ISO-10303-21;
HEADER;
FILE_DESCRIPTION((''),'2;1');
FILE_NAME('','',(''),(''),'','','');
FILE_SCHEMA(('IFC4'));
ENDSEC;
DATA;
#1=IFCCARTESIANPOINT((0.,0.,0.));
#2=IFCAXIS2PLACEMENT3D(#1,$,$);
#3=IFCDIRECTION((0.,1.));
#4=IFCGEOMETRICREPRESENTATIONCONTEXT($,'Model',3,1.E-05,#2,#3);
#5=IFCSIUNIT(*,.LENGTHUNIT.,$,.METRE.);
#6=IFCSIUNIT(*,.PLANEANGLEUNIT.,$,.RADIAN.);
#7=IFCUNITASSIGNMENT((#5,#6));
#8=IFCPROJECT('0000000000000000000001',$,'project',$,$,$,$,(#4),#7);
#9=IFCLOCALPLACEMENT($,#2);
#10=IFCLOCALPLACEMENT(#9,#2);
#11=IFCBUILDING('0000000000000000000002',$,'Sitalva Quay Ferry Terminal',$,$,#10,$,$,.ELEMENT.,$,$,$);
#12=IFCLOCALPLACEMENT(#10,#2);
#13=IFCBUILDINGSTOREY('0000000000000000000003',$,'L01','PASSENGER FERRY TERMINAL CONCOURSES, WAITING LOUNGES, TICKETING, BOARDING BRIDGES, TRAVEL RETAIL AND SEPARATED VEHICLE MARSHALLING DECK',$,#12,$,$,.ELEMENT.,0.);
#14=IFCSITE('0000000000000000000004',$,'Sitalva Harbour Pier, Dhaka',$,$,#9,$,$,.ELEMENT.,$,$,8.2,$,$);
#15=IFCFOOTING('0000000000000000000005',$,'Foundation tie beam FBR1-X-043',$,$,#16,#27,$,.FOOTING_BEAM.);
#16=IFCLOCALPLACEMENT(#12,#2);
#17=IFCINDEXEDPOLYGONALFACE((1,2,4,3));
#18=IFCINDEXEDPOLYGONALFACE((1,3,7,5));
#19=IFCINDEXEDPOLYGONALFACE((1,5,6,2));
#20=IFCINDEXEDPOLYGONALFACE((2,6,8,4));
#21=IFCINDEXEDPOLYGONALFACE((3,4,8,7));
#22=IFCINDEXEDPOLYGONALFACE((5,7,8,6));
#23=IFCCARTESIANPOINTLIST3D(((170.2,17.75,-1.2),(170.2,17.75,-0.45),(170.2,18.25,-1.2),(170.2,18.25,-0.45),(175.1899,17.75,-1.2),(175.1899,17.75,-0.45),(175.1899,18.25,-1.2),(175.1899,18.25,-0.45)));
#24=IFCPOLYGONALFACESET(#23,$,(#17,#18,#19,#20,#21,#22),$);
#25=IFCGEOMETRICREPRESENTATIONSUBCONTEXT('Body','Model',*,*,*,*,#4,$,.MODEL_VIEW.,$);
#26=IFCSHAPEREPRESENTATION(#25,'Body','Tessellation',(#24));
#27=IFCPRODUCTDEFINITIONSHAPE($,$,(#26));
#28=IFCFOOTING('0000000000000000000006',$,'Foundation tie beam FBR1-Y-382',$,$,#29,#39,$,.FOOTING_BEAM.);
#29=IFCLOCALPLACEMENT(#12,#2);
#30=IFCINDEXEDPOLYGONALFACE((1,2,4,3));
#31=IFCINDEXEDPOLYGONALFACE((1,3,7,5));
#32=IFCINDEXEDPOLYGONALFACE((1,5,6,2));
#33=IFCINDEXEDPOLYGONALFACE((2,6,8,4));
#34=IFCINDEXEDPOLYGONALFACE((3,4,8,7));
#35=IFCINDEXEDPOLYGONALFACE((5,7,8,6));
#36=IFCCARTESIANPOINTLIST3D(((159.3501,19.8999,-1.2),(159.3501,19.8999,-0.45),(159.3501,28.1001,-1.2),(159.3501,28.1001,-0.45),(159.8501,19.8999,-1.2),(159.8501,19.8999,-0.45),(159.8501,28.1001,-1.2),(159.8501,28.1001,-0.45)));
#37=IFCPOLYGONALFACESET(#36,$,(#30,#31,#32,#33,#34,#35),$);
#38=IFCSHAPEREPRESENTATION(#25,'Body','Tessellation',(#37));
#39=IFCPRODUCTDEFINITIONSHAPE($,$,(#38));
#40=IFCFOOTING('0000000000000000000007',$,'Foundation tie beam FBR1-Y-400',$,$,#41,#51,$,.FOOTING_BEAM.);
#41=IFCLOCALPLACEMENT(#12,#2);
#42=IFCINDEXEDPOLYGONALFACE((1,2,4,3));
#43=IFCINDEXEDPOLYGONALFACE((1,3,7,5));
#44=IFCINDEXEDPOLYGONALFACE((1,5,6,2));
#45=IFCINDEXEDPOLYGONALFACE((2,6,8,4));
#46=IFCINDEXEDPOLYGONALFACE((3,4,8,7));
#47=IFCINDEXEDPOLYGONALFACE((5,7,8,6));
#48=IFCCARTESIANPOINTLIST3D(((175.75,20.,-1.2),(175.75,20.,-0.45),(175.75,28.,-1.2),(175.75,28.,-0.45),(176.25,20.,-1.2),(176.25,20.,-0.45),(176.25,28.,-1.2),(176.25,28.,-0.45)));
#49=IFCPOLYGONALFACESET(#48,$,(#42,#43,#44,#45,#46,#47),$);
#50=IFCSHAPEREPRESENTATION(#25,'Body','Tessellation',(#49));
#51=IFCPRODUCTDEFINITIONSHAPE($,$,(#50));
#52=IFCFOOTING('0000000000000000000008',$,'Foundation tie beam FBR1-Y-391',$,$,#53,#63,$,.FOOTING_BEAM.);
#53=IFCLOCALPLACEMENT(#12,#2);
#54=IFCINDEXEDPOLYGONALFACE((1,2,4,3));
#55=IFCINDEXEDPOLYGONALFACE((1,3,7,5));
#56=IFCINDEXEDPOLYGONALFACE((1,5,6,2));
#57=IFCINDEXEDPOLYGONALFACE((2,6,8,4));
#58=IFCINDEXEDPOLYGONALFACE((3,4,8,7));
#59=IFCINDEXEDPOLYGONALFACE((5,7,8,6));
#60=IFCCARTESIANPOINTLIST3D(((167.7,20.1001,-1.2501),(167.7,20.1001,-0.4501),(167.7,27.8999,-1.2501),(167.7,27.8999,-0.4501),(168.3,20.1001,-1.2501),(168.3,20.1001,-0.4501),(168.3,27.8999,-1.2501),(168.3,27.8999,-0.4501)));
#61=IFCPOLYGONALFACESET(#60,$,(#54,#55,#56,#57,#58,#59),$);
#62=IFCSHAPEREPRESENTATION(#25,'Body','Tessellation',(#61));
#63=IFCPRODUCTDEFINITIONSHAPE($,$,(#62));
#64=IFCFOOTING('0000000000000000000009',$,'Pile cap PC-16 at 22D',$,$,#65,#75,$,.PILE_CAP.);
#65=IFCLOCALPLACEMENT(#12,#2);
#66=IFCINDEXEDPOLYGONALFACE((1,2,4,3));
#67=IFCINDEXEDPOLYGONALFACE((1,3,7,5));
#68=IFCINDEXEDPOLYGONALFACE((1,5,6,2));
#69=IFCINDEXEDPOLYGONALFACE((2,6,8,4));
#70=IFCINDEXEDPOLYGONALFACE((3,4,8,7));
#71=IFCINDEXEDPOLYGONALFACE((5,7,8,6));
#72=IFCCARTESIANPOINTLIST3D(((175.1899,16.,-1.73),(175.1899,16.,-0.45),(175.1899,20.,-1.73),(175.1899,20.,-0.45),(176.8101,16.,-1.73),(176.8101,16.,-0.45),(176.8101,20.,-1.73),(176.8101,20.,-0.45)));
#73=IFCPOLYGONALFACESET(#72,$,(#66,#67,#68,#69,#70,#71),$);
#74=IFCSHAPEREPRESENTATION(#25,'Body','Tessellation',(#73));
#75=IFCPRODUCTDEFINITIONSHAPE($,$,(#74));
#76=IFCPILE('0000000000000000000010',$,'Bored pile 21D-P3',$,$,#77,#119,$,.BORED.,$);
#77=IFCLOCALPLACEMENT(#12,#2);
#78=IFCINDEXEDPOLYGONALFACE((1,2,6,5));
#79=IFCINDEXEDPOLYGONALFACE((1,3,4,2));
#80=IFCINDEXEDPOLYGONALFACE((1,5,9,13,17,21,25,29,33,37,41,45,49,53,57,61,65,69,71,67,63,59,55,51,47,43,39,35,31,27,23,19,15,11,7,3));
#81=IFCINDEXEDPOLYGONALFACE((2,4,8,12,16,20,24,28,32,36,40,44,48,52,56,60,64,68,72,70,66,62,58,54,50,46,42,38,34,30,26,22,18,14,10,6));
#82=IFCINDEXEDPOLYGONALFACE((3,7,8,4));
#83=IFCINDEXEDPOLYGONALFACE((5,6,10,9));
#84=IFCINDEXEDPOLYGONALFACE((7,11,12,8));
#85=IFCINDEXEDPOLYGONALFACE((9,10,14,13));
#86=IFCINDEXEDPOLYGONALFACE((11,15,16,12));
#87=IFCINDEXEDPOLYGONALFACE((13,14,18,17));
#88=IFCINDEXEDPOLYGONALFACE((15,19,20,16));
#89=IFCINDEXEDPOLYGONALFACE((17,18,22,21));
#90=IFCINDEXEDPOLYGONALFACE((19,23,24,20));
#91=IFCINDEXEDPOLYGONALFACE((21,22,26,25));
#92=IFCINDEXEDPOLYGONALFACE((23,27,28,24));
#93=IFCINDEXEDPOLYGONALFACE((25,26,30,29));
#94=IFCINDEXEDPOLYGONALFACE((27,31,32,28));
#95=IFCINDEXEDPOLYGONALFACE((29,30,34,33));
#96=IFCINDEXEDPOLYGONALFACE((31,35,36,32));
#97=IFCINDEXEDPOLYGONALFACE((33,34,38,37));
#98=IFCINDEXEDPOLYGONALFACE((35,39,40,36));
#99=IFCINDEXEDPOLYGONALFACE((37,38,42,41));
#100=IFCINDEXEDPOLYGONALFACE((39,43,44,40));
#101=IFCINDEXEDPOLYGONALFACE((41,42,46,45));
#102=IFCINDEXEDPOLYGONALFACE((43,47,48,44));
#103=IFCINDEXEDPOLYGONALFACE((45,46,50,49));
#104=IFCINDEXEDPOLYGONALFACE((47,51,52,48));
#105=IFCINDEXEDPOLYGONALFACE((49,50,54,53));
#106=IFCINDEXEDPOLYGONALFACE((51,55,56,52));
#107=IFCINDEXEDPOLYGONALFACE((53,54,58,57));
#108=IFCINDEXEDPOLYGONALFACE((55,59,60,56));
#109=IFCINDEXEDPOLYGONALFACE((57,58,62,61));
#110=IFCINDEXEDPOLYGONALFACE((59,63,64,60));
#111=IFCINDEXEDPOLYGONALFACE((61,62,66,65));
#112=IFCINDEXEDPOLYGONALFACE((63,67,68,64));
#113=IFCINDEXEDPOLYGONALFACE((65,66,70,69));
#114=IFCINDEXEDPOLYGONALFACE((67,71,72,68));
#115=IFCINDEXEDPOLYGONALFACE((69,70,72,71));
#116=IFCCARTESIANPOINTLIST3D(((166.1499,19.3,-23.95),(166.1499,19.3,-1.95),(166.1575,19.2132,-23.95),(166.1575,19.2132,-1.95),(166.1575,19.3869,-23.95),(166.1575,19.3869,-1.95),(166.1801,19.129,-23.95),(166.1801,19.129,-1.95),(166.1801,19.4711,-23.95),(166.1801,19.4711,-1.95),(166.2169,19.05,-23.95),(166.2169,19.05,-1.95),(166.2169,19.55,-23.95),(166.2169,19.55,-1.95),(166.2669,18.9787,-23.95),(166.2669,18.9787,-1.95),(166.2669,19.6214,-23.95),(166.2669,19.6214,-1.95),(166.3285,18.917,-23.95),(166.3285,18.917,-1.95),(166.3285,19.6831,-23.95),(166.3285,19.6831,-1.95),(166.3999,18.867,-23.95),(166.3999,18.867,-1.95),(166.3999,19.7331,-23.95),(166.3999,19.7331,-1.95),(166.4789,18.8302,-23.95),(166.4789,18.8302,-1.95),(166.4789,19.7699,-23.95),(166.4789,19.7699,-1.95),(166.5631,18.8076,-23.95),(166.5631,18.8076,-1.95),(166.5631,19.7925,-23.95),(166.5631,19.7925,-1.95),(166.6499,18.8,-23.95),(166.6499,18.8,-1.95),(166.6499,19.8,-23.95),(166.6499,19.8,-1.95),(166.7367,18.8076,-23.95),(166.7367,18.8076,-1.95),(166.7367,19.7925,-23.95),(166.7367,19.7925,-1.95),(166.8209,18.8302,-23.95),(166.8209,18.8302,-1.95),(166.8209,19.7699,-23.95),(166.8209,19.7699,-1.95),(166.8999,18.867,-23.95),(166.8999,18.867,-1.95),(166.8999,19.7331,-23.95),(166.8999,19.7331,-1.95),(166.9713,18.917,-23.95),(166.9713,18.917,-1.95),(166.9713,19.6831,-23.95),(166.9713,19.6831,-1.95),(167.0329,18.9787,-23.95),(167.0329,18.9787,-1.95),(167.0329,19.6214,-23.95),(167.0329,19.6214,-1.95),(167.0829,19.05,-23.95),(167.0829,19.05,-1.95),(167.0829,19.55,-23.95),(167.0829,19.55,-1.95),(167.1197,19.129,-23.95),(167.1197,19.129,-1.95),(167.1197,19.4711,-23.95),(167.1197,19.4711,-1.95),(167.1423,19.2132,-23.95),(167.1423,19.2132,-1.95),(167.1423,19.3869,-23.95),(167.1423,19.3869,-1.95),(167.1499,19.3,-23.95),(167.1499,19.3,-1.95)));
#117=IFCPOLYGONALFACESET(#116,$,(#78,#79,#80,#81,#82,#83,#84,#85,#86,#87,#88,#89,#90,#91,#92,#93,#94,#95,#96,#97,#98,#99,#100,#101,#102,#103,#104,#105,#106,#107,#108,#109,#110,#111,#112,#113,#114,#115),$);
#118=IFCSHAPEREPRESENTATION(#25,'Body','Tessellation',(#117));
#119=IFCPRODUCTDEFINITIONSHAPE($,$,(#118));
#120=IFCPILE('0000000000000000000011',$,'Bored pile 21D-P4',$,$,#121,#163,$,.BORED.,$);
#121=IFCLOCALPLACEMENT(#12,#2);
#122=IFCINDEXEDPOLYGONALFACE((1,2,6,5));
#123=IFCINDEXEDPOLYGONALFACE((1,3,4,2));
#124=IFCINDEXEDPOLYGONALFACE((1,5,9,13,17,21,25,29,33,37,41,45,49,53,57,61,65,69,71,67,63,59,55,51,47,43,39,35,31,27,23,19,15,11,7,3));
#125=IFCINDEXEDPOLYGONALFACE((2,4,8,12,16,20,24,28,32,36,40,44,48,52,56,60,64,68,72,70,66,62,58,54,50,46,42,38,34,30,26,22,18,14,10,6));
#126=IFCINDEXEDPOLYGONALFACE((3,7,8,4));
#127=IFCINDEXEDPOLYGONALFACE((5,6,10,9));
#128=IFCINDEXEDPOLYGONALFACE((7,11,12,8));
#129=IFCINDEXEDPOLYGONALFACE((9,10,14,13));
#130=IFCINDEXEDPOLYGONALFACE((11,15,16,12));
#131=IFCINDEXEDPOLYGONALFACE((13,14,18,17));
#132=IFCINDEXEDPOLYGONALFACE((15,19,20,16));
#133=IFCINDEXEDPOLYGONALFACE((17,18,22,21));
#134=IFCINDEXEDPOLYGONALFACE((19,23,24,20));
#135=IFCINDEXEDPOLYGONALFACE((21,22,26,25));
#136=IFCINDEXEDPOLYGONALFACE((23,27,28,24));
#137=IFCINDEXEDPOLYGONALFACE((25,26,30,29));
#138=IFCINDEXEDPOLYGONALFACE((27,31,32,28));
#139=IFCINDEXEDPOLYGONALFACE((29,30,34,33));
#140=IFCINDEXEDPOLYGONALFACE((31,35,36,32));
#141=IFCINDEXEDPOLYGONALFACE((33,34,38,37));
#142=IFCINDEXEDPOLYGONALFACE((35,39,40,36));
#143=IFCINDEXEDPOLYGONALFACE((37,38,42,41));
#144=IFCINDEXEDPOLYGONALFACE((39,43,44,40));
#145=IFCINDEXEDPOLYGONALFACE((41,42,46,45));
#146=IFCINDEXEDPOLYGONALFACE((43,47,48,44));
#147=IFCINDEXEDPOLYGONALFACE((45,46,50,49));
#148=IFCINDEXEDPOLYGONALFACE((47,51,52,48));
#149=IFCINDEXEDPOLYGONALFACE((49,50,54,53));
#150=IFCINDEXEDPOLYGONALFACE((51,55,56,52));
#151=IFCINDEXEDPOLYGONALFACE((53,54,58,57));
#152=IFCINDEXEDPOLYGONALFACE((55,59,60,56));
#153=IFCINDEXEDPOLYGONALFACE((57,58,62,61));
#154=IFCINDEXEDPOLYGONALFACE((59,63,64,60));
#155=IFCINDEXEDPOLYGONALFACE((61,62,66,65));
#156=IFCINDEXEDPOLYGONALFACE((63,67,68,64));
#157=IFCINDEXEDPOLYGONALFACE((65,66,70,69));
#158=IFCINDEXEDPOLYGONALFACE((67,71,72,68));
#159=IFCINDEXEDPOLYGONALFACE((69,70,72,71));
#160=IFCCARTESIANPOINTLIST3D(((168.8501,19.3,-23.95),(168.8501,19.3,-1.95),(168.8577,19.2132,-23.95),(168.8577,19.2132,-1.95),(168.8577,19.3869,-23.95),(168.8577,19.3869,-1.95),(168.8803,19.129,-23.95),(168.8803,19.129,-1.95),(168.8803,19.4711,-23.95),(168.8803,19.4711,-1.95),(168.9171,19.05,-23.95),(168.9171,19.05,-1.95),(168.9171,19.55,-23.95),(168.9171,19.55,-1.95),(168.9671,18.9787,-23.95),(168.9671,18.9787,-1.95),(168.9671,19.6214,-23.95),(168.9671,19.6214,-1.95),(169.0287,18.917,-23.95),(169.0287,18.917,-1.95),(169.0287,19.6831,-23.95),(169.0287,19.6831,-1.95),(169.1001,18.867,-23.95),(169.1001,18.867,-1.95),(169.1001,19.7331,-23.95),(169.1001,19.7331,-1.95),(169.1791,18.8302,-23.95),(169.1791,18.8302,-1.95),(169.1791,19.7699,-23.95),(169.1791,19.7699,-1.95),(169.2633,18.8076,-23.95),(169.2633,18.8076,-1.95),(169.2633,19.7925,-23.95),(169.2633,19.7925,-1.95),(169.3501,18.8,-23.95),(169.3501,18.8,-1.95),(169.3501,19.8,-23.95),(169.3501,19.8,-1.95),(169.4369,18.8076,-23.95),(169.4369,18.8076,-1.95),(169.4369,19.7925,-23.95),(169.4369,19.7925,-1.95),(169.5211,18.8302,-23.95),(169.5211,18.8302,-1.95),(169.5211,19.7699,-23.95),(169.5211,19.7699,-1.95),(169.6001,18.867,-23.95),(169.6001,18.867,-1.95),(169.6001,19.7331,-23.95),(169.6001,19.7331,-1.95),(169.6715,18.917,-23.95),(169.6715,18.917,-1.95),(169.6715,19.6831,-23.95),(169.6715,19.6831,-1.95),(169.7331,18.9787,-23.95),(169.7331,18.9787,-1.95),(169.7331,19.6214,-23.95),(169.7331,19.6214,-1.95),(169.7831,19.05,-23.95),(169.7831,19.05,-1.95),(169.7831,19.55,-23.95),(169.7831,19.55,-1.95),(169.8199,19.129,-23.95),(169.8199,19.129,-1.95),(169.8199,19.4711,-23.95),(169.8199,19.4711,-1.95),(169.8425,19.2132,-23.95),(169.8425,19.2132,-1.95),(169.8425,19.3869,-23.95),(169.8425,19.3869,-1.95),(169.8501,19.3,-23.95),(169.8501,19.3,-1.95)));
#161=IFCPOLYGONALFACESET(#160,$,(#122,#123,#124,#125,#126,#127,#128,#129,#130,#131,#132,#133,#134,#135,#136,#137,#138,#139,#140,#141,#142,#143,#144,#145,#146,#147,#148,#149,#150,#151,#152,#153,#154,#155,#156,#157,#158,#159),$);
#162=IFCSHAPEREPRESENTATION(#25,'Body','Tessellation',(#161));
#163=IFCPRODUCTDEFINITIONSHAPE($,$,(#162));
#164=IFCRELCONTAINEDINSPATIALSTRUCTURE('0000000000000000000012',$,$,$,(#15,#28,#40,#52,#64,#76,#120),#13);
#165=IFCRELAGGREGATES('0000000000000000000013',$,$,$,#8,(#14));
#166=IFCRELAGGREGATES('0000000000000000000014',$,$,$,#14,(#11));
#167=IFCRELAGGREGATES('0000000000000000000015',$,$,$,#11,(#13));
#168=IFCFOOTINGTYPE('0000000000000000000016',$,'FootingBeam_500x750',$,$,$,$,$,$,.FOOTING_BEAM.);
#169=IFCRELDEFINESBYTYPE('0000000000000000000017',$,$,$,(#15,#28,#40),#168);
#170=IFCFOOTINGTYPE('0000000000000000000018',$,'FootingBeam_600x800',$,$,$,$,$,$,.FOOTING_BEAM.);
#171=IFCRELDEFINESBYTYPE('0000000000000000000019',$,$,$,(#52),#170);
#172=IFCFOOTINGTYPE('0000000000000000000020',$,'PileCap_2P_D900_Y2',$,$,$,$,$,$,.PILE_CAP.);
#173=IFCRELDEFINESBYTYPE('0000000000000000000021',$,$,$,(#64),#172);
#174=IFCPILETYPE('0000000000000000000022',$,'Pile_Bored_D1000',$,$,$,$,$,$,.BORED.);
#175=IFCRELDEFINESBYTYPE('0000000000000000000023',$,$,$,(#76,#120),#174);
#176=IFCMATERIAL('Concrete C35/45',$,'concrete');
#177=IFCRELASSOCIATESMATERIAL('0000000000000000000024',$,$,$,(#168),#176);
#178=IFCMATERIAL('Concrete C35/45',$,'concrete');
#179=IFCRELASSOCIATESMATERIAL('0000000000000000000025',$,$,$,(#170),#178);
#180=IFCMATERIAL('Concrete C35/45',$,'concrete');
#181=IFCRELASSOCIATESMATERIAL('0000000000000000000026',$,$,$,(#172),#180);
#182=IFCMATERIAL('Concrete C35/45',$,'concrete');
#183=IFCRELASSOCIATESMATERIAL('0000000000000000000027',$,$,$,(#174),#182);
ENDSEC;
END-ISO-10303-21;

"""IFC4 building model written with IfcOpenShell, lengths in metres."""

from ifc_helpers import new_model, si_unit, direction, frame, origin, origin_2d, place, context, subcontext, project, spatial, rectangle, circle, extrude, material, material_profile, profile_set, type_object, element, save


model = new_model("IFC4")

# Units and contexts
model_context = context("Model", 3, precision=1e-05, world=origin(), true_north=direction((0.0, 1.0)))
body_context = subcontext(model_context, "Body", "Model", "MODEL_VIEW")
ifc_project = project(units=[si_unit("LENGTHUNIT", "METRE"), si_unit("PLANEANGLEUNIT", "RADIAN")], contexts=[model_context])

# Site, building, storey
site_placement = place(None, origin())
site = spatial("IfcSite", under=ifc_project, at=site_placement, Name="Sitalva Harbour Pier, Dhaka", CompositionType="ELEMENT", RefElevation=8.2)
building_placement = place(site_placement, origin())
building = spatial("IfcBuilding", under=site, at=building_placement, Name="Sitalva Quay Ferry Terminal", CompositionType="ELEMENT")
storey_placement = place(building_placement, origin())
storey = spatial("IfcBuildingStorey", under=building, at=storey_placement, Name="L01", Description="PASSENGER FERRY TERMINAL CONCOURSES, WAITING LOUNGES, TICKETING, BOARDING BRIDGES, TRAVEL RETAIL AND SEPARATED VEHICLE MARSHALLING DECK", CompositionType="ELEMENT", Elevation=0.0)

# Footings
ifc_material_1 = material(Name="Concrete C35/45", Category="concrete")
ifc_material_profile_1 = material_profile(ifc_material_1, rectangle(XDim=0.5, YDim=0.75, at=origin_2d()), Name="RC500x750")
ifc_profile_set_1 = profile_set([ifc_material_profile_1], Name="Concrete C35/45")
footing_type_1 = type_object("IfcFootingType", Name="FootingBeam_500x750", PredefinedType="FOOTING_BEAM", material=ifc_profile_set_1)
footing_1_placement = place(storey_placement, frame((170.2, 18.0, -0.825), z_axis=(1.0, 0.0, 0.0), x_axis=(0.0, 1.0, 0.0)))
element("IfcFooting", 1, at=footing_1_placement, inside=storey, type_object=footing_type_1, Name="Foundation tie beam FBR1-X-043", PredefinedType="FOOTING_BEAM", context=body_context, shape_type="SweptSolid", body=[
    extrude(rectangle(XDim=0.5, YDim=0.75, at=origin_2d()), origin(), (0.0, 0.0, 1.0), 4.99),
])
footing_2_placement = place(storey_placement, frame((159.6001, 19.8999, -0.825), z_axis=(0.0, 1.0, 0.0), x_axis=(-1.0, 0.0, 0.0)))
element("IfcFooting", 2, at=footing_2_placement, inside=storey, type_object=footing_type_1, Name="Foundation tie beam FBR1-Y-382", PredefinedType="FOOTING_BEAM", context=body_context, shape_type="SweptSolid", body=[
    extrude(rectangle(XDim=0.5, YDim=0.75, at=origin_2d()), origin(), (0.0, 0.0, 1.0), 8.2002),
])
footing_3_placement = place(storey_placement, frame((176.0, 20.0, -0.825), z_axis=(0.0, 1.0, 0.0), x_axis=(-1.0, 0.0, 0.0)))
element("IfcFooting", 3, at=footing_3_placement, inside=storey, type_object=footing_type_1, Name="Foundation tie beam FBR1-Y-400", PredefinedType="FOOTING_BEAM", context=body_context, shape_type="SweptSolid", body=[
    extrude(rectangle(XDim=0.5, YDim=0.75, at=origin_2d()), origin(), (0.0, 0.0, 1.0), 8.0),
])
ifc_material_2 = material(Name="Concrete C35/45", Category="concrete")
ifc_material_profile_2 = material_profile(ifc_material_2, rectangle(XDim=0.6001, YDim=0.8, at=origin_2d()), Name="RC600x800")
ifc_profile_set_2 = profile_set([ifc_material_profile_2], Name="Concrete C35/45")
footing_type_2 = type_object("IfcFootingType", Name="FootingBeam_600x800", PredefinedType="FOOTING_BEAM", material=ifc_profile_set_2)
footing_4_placement = place(storey_placement, frame((168.0, 20.1001, -0.8501), z_axis=(0.0, 1.0, 0.0), x_axis=(-1.0, 0.0, 0.0)))
element("IfcFooting", 4, at=footing_4_placement, inside=storey, type_object=footing_type_2, Name="Foundation tie beam FBR1-Y-391", PredefinedType="FOOTING_BEAM", context=body_context, shape_type="SweptSolid", body=[
    extrude(rectangle(XDim=0.6001, YDim=0.8, at=origin_2d()), origin(), (0.0, 0.0, 1.0), 7.7998),
])
ifc_material_3 = material(Name="Concrete C35/45", Category="concrete")
footing_type_3 = type_object("IfcFootingType", Name="PileCap_2P_D900_Y2", PredefinedType="PILE_CAP", material=ifc_material_3)
footing_5_placement = place(storey_placement, frame((176.0, 18.0, -1.73), z_axis=(0.0, 0.0, 1.0), x_axis=(1.0, 0.0, 0.0)))
element("IfcFooting", 5, at=footing_5_placement, inside=storey, type_object=footing_type_3, Name="Pile cap PC-16 at 22D", PredefinedType="PILE_CAP", context=body_context, shape_type="SweptSolid", body=[
    extrude(rectangle(XDim=1.6201, YDim=4.0, at=origin_2d()), origin(), (0.0, 0.0, 1.0), 1.28),
])

# Piles
ifc_material_4 = material(Name="Concrete C35/45", Category="concrete")
ifc_material_profile_3 = material_profile(ifc_material_4, circle(Radius=0.5, at=origin_2d()), Name="PILE-D1000")
ifc_profile_set_3 = profile_set([ifc_material_profile_3], Name="Concrete C35/45")
pile_type_1 = type_object("IfcPileType", Name="Pile_Bored_D1000", PredefinedType="BORED", material=ifc_profile_set_3)
for number, where, z_axis, x_axis, name in (
    (6, (166.6499, 19.3, -1.95), (0.0, 0.0, -1.0), (1.0, 0.0, 0.0), "Bored pile 21D-P3"),
    (7, (169.3501, 19.3, -1.95), (0.0, 0.0, -1.0), (1.0, 0.0, 0.0), "Bored pile 21D-P4"),
):
    element("IfcPile", number, at=place(storey_placement, frame(where, z_axis=z_axis, x_axis=x_axis)), inside=storey, type_object=pile_type_1, Name=name, PredefinedType="BORED", context=body_context, shape_type="SweptSolid", body=[
        extrude(circle(Radius=0.5, at=origin_2d()), origin(), (0.0, 0.0, 1.0), 22.0),
    ])

save(model, "model.ifc")
